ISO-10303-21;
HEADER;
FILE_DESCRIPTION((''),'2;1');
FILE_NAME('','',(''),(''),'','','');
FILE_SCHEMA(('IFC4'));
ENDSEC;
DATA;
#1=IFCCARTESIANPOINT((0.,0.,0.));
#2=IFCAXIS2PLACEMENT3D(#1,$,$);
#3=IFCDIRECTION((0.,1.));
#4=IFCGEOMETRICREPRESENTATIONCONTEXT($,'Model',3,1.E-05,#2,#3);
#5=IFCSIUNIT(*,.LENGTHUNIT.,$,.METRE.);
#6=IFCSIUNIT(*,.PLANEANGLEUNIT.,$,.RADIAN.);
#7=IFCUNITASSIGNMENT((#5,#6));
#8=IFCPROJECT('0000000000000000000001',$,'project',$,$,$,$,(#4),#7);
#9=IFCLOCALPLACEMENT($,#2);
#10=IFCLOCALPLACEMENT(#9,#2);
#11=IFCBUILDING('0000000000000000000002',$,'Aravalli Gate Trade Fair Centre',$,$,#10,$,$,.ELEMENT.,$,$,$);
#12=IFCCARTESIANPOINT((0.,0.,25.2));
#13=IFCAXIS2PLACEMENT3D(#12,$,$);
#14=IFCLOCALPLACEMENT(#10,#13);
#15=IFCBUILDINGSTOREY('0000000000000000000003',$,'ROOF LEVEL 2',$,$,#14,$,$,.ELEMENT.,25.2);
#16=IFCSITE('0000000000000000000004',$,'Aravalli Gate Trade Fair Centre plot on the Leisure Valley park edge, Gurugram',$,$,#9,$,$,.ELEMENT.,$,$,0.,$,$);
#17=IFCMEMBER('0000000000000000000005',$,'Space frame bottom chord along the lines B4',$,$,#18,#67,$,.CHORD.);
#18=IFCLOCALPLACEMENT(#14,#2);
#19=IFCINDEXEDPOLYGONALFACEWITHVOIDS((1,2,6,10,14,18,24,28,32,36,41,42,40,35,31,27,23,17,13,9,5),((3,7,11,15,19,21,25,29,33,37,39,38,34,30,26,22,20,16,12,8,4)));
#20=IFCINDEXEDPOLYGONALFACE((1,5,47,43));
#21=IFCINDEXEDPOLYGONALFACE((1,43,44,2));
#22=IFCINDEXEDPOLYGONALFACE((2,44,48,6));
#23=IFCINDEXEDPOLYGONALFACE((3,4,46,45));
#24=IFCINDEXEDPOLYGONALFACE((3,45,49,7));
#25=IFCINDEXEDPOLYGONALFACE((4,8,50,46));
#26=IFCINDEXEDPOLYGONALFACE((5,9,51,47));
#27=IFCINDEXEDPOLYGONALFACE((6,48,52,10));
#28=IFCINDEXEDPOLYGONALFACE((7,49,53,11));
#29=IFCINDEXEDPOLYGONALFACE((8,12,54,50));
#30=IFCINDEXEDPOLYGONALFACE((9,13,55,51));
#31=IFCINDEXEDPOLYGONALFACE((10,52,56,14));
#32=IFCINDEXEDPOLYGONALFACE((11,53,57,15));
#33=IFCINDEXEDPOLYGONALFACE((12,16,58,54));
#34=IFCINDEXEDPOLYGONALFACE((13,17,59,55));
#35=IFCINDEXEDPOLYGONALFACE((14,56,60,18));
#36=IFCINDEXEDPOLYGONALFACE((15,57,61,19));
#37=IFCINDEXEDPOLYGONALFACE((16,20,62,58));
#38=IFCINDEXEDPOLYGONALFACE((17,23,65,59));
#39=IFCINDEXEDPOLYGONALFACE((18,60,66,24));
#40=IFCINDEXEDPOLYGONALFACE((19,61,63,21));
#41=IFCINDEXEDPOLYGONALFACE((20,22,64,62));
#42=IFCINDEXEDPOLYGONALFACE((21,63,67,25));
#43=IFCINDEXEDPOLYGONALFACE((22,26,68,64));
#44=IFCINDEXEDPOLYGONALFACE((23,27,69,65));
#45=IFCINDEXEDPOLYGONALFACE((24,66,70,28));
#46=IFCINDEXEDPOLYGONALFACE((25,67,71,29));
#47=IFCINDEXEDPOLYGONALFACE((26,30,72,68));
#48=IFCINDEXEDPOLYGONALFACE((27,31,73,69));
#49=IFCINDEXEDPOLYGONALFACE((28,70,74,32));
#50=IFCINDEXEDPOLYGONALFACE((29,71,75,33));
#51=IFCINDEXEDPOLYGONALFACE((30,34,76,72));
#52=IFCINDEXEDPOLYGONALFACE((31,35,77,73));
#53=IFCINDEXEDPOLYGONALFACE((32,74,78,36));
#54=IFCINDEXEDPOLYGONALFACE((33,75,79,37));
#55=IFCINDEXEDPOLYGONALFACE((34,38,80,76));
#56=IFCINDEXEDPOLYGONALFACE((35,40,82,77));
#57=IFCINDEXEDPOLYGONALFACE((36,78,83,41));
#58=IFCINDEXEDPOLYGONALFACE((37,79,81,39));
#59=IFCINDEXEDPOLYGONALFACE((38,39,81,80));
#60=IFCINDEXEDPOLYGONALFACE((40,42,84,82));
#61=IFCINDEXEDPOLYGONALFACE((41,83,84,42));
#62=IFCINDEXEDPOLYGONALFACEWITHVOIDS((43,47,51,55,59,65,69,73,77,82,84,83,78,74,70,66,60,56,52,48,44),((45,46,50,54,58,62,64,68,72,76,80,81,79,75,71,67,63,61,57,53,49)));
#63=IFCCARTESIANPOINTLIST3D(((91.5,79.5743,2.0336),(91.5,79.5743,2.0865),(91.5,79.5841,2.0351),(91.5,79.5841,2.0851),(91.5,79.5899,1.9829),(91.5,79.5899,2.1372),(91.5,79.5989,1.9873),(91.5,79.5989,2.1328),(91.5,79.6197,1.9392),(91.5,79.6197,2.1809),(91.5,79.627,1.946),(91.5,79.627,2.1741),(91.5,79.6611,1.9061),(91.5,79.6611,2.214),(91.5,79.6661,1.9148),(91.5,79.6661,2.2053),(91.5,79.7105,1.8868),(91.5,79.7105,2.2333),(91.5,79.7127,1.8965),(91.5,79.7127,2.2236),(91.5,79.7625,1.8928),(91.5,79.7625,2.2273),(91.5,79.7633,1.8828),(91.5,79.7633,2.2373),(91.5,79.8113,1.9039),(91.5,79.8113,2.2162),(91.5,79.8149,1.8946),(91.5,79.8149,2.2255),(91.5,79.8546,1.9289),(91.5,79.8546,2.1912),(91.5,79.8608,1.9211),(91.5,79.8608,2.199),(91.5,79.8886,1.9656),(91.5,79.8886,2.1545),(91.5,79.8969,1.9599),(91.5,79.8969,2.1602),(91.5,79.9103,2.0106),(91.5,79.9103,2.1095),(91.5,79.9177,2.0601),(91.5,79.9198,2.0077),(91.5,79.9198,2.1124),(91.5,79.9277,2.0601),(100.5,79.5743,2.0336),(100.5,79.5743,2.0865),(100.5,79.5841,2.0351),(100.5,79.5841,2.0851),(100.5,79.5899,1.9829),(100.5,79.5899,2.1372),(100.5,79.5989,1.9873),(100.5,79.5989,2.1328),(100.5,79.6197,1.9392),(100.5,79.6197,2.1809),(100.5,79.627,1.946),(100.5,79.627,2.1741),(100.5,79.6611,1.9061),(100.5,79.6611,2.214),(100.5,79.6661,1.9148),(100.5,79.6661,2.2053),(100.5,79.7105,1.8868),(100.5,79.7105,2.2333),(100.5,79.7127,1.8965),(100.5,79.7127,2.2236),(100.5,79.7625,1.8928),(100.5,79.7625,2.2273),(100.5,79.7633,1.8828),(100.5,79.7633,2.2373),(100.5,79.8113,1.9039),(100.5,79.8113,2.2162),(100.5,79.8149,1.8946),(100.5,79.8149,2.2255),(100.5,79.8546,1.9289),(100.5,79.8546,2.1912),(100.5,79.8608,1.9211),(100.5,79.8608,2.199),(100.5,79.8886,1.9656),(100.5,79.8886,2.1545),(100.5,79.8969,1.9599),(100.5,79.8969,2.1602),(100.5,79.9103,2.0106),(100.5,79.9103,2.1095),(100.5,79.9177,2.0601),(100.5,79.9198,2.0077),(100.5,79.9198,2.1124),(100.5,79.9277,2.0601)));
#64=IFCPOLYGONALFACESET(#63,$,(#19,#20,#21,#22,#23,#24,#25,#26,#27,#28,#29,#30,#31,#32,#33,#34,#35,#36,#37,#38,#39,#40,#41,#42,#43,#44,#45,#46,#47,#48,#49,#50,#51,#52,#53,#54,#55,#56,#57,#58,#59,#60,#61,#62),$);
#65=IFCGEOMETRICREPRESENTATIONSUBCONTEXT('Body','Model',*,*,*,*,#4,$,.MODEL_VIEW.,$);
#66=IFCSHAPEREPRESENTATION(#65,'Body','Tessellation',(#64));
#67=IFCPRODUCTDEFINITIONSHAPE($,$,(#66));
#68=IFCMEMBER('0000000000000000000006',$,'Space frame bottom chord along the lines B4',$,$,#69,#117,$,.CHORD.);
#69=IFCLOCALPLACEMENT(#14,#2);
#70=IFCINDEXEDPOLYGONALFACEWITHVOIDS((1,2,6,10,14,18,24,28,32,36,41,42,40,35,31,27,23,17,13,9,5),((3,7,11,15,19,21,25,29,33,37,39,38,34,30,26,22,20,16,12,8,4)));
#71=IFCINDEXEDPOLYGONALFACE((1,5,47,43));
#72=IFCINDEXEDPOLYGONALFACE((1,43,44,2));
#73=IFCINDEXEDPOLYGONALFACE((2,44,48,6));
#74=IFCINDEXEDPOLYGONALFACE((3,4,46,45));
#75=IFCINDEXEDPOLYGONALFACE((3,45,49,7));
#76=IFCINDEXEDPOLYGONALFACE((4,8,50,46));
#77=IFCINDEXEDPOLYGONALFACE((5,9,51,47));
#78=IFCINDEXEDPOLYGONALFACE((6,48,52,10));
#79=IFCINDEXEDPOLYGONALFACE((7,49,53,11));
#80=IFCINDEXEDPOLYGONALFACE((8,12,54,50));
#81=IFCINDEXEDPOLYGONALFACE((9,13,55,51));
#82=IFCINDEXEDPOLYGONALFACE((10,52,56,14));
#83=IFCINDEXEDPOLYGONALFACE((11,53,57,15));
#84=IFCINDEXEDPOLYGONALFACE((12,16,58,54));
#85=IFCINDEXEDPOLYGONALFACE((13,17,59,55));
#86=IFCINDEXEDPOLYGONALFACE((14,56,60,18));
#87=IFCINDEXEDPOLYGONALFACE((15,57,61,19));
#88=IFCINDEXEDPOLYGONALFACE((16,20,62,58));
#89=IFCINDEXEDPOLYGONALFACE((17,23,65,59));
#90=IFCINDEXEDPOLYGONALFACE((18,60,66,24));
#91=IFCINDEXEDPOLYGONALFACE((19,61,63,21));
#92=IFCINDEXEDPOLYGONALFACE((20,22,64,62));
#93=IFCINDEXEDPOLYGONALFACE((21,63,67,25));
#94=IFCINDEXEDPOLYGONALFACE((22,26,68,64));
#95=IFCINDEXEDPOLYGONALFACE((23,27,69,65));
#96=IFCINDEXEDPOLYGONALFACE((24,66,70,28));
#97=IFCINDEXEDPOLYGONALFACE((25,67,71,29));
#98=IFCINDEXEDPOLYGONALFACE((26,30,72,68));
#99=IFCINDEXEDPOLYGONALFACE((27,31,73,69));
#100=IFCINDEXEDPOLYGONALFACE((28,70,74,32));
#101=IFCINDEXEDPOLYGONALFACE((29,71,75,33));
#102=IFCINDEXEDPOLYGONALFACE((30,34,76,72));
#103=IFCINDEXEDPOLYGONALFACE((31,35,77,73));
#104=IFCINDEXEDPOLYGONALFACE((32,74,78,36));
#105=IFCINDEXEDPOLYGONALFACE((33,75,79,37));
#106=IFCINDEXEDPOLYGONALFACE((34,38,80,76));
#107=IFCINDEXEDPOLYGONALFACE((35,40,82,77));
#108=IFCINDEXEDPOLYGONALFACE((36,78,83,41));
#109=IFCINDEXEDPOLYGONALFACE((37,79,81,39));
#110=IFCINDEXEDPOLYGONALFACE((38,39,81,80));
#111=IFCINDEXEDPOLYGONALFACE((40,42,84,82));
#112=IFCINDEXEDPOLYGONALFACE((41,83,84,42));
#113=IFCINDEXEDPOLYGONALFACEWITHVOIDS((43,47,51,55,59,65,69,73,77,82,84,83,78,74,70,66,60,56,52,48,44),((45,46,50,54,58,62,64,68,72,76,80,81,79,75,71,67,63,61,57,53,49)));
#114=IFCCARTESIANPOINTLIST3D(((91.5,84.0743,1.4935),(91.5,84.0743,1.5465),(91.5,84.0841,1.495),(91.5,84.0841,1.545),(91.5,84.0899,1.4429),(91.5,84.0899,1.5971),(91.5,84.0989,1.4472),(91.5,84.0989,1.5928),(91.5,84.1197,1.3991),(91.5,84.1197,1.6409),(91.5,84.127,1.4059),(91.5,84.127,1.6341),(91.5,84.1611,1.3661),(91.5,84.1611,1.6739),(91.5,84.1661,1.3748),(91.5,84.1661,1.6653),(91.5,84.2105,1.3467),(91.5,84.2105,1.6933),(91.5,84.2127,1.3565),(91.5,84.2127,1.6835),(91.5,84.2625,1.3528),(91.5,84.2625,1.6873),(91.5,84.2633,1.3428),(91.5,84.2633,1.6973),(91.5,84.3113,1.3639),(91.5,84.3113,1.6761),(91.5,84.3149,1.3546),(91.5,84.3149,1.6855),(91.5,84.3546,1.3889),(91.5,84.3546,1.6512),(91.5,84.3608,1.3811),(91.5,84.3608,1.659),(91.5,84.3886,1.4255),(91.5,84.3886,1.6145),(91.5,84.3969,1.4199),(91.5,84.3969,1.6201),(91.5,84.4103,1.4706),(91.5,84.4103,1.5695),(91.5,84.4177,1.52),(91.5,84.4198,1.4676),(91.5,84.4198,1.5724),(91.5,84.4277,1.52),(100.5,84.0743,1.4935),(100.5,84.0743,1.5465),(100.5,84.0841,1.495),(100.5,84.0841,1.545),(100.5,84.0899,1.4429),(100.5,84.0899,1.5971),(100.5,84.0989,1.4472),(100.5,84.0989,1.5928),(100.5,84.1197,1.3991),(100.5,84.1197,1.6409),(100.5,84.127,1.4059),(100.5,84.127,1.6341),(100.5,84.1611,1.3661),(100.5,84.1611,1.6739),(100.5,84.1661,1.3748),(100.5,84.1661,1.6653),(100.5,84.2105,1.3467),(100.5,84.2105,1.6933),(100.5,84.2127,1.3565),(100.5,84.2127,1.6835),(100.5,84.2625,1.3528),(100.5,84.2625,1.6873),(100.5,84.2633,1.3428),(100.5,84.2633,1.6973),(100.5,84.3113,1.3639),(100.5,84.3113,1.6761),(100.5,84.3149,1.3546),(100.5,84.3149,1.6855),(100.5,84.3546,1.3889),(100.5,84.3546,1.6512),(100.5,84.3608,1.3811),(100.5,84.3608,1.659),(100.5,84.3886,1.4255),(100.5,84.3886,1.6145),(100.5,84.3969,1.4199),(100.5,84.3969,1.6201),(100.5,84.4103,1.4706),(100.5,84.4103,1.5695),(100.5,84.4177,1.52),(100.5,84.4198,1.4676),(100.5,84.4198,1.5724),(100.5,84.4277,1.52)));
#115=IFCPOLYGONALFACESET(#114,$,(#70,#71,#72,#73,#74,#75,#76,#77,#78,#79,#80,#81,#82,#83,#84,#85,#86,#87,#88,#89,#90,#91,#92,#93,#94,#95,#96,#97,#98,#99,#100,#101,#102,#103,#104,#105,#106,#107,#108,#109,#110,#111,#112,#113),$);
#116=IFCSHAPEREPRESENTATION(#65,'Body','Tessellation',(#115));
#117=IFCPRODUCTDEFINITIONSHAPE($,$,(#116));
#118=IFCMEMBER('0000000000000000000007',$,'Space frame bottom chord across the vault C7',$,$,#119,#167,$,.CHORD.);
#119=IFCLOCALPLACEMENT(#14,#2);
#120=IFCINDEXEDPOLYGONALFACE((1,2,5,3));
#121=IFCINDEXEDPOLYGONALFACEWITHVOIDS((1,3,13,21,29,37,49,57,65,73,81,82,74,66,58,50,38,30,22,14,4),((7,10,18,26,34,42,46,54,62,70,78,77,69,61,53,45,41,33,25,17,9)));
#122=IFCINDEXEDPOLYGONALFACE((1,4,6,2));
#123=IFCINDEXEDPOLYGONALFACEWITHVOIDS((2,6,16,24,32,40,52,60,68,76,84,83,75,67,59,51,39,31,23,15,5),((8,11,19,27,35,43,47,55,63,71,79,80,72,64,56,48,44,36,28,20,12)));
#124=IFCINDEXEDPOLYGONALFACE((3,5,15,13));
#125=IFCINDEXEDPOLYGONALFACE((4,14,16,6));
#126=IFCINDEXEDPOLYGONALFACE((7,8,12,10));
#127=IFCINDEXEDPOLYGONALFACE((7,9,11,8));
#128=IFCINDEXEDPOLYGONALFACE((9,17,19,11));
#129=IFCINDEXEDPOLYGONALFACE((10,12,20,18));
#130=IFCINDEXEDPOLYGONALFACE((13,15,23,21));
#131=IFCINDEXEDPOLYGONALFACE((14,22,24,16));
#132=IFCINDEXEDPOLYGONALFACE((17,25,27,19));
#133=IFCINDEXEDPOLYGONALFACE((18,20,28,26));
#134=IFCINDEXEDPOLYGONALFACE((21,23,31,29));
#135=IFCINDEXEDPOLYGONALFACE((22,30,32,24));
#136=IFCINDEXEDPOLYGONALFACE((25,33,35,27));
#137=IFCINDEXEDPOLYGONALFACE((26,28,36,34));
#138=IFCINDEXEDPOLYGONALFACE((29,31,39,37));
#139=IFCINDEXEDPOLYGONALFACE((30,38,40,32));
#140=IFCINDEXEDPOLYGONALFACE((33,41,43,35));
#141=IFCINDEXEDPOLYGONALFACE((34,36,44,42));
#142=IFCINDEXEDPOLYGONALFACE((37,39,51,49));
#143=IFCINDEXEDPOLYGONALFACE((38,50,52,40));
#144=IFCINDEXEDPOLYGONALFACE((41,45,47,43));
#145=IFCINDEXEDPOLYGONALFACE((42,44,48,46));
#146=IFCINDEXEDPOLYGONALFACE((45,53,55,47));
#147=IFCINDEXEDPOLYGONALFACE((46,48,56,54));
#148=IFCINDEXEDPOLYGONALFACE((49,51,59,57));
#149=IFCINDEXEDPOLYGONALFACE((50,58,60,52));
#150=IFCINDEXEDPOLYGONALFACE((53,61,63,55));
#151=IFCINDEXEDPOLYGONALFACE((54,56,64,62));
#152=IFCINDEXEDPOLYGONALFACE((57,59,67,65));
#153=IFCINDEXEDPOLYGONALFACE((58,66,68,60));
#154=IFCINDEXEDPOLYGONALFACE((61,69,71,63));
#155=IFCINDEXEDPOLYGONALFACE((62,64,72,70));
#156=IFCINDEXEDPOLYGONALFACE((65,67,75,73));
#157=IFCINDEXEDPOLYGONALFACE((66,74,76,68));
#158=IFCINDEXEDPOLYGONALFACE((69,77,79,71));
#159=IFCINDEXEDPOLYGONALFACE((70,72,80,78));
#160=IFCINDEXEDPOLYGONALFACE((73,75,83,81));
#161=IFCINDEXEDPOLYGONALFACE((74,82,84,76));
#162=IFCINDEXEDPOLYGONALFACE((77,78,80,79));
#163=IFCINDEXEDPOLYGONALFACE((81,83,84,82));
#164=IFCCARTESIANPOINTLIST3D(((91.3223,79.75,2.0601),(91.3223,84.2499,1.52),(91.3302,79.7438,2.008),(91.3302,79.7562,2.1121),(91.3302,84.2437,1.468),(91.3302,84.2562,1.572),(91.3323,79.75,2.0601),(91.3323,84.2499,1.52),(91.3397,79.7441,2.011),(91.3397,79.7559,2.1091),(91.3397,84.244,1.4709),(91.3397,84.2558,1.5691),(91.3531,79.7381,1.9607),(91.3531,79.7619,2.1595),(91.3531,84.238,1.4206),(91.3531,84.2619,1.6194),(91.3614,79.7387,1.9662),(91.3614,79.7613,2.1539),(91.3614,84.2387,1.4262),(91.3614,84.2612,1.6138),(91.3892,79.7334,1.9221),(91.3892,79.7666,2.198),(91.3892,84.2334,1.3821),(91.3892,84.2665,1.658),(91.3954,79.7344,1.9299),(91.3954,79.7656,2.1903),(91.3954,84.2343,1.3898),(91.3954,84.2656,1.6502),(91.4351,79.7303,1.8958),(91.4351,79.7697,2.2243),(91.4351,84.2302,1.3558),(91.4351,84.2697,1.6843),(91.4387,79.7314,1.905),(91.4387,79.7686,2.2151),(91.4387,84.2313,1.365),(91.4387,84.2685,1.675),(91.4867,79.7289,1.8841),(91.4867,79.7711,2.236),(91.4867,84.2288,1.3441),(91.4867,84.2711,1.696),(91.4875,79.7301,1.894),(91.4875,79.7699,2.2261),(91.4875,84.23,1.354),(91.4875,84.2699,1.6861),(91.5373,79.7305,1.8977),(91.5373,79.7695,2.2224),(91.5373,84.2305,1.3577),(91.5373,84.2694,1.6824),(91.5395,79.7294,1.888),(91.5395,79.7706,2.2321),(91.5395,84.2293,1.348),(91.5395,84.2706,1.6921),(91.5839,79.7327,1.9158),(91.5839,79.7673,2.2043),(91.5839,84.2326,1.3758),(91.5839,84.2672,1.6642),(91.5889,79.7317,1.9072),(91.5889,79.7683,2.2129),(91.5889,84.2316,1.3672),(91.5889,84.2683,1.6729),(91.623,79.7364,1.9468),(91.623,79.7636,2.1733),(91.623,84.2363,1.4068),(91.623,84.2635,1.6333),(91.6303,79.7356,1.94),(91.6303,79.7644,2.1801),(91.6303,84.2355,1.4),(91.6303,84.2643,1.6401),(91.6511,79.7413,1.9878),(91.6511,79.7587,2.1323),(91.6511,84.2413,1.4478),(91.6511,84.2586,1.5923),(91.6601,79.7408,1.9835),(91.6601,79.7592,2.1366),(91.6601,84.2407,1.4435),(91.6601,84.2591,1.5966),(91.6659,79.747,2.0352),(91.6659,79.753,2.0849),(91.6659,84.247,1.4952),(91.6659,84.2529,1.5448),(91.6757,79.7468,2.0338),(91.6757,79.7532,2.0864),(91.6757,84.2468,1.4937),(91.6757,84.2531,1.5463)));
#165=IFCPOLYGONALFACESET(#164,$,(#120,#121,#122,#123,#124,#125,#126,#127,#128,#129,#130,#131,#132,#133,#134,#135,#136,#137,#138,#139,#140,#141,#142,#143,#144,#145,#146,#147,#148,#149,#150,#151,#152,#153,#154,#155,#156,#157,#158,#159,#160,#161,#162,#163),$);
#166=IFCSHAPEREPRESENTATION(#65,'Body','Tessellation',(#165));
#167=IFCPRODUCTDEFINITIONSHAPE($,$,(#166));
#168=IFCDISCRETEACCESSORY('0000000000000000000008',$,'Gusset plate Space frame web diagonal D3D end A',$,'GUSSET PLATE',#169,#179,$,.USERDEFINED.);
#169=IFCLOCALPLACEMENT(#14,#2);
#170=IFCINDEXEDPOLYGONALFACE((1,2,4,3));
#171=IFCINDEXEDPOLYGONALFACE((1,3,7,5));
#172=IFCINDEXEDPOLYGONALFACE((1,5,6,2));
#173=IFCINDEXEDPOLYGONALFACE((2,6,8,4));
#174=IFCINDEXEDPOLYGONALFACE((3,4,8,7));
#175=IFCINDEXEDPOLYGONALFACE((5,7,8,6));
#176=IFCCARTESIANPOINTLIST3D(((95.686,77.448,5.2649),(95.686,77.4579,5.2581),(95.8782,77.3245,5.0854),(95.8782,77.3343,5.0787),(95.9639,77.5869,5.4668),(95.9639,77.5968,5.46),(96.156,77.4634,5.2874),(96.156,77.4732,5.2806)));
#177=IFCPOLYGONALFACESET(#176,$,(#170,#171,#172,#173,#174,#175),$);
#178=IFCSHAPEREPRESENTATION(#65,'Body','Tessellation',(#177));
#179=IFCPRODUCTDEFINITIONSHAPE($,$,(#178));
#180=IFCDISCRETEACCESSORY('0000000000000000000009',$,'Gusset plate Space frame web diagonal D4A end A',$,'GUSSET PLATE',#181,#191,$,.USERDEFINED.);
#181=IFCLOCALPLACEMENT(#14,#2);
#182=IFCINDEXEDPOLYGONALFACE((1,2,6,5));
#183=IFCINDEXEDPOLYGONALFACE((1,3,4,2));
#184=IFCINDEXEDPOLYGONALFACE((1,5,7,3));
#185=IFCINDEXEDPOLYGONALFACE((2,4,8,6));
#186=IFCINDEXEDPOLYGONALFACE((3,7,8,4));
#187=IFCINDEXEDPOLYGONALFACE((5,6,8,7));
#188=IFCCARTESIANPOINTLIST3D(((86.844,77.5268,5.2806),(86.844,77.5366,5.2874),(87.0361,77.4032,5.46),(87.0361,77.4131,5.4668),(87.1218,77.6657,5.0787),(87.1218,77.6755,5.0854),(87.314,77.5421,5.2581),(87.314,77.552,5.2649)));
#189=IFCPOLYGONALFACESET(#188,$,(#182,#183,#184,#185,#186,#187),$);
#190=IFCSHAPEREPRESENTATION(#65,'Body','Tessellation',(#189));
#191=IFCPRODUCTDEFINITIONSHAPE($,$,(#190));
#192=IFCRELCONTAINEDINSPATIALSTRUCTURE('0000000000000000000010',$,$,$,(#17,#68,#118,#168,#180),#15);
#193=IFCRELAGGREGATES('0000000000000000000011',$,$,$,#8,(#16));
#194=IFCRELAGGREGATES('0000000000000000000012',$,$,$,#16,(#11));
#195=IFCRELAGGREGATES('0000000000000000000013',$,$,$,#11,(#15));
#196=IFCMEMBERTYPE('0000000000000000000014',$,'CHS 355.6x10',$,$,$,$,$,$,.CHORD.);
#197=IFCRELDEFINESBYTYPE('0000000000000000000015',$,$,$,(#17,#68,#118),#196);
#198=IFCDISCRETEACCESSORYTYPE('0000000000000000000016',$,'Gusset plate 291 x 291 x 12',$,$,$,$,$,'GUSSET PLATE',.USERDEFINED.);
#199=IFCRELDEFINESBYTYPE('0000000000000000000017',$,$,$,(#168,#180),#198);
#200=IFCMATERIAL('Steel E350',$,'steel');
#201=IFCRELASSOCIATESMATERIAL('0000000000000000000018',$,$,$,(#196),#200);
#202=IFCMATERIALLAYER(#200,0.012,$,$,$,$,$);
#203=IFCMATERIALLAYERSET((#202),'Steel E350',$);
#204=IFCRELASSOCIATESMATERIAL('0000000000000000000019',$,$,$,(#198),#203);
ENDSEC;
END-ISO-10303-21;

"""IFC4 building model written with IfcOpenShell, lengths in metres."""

from ifc_helpers import new_model, si_unit, direction, frame, origin, origin_2d, place, context, subcontext, project, spatial, polyline, hollow_circle, outline, extrude, material, layer, layer_set, material_profile, profile_set, type_object, element, save


model = new_model("IFC4")

# Units and contexts
model_context = context("Model", 3, precision=1e-05, world=origin(), true_north=direction((0.0, 1.0)))
body_context = subcontext(model_context, "Body", "Model", "MODEL_VIEW")
ifc_project = project(units=[si_unit("LENGTHUNIT", "METRE"), si_unit("PLANEANGLEUNIT", "RADIAN")], contexts=[model_context])

# Site, building, storey
site_placement = place(None, origin())
site = spatial("IfcSite", under=ifc_project, at=site_placement, Name="Aravalli Gate Trade Fair Centre plot on the Leisure Valley park edge, Gurugram", CompositionType="ELEMENT", RefElevation=0.0)
building_placement = place(site_placement, origin())
building = spatial("IfcBuilding", under=site, at=building_placement, Name="Aravalli Gate Trade Fair Centre", CompositionType="ELEMENT")
storey_placement = place(building_placement, frame((0.0, 0.0, 25.2)))
storey = spatial("IfcBuildingStorey", under=building, at=storey_placement, Name="ROOF LEVEL 2", CompositionType="ELEMENT", Elevation=25.2)

# Members
ifc_material = material(Name="Steel E350", Category="steel")
ifc_material_profile_1 = material_profile(ifc_material, hollow_circle(Radius=0.1777, WallThickness=0.01, at=origin_2d()), Name="CHS 355.6x10")
ifc_profile_set_1 = profile_set([ifc_material_profile_1], Name="Steel E350")
member_type_1 = type_object("IfcMemberType", Name="CHS 355.6x10", PredefinedType="CHORD", material=ifc_profile_set_1)
for number, where, z_axis, x_axis, name in (
    (1, (91.5, 79.75, 2.0601), (1.0, 0.0, 0.0), (0.0, 1.0, 0.0), "Space frame bottom chord along the lines B4"),
    (2, (91.5, 84.25, 1.52), (1.0, 0.0, 0.0), (0.0, 1.0, 0.0), "Space frame bottom chord along the lines B4"),
):
    element("IfcMember", number, at=place(storey_placement, frame(where, z_axis=z_axis, x_axis=x_axis)), inside=storey, type_object=member_type_1, Name=name, PredefinedType="CHORD", context=body_context, shape_type="SweptSolid", body=[
        extrude(hollow_circle(Radius=0.1777, WallThickness=0.01, at=origin_2d()), origin(), (0.0, 0.0, 1.0), 9.0),
    ])
member_1_placement = place(storey_placement, frame((91.5, 79.75, 2.0601), z_axis=(0.0, 0.992876, -0.119154), x_axis=(-1.0, 0.0, 0.0)))
element("IfcMember", 3, at=member_1_placement, inside=storey, type_object=member_type_1, Name="Space frame bottom chord across the vault C7", PredefinedType="CHORD", context=body_context, shape_type="SweptSolid", body=[
    extrude(hollow_circle(Radius=0.1777, WallThickness=0.01, at=origin_2d()), origin(), (0.0, 0.0, 1.0), 4.5322),
])

# Discrete accessories
ifc_layer = layer(ifc_material, 0.012)
ifc_layer_set = layer_set([ifc_layer], Name="Steel E350")
discrete_accessory_type = type_object("IfcDiscreteAccessoryType", Name="Gusset plate 291 x 291 x 12", ElementType="GUSSET PLATE", PredefinedType="USERDEFINED", material=ifc_layer_set)
discrete_accessory_1_placement = place(storey_placement, frame((95.686, 77.448, 5.2649), z_axis=(-0.000137, -0.82375, 0.566952), x_axis=(0.749929, 0.374965, 0.544984)))
element("IfcDiscreteAccessory", 4, at=discrete_accessory_1_placement, inside=storey, type_object=discrete_accessory_type, Name="Gusset plate Space frame web diagonal D3D end A", ObjectType="GUSSET PLATE", PredefinedType="USERDEFINED", context=body_context, shape_type="SweptSolid", body=[
    extrude(outline(polyline([(0.0, 0.0), (0.3705, 0.0), (0.3705, -0.2905), (0.0, -0.2905), (0.0, 0.0)])), origin(), (0.0, 0.0, -1.0), 0.012),
])
discrete_accessory_2_placement = place(storey_placement, frame((87.1218, 77.6755, 5.0854), z_axis=(0.000137, 0.82375, 0.566952), x_axis=(-0.749929, -0.374965, 0.544984)))
element("IfcDiscreteAccessory", 5, at=discrete_accessory_2_placement, inside=storey, type_object=discrete_accessory_type, Name="Gusset plate Space frame web diagonal D4A end A", ObjectType="GUSSET PLATE", PredefinedType="USERDEFINED", context=body_context, shape_type="SweptSolid", body=[
    extrude(outline(polyline([(0.0, 0.0), (0.3705, 0.0), (0.3705, 0.2905), (0.0, 0.2905), (0.0, 0.0)])), origin(), (0.0, 0.0, -1.0), 0.012),
])

save(model, "model.ifc")
